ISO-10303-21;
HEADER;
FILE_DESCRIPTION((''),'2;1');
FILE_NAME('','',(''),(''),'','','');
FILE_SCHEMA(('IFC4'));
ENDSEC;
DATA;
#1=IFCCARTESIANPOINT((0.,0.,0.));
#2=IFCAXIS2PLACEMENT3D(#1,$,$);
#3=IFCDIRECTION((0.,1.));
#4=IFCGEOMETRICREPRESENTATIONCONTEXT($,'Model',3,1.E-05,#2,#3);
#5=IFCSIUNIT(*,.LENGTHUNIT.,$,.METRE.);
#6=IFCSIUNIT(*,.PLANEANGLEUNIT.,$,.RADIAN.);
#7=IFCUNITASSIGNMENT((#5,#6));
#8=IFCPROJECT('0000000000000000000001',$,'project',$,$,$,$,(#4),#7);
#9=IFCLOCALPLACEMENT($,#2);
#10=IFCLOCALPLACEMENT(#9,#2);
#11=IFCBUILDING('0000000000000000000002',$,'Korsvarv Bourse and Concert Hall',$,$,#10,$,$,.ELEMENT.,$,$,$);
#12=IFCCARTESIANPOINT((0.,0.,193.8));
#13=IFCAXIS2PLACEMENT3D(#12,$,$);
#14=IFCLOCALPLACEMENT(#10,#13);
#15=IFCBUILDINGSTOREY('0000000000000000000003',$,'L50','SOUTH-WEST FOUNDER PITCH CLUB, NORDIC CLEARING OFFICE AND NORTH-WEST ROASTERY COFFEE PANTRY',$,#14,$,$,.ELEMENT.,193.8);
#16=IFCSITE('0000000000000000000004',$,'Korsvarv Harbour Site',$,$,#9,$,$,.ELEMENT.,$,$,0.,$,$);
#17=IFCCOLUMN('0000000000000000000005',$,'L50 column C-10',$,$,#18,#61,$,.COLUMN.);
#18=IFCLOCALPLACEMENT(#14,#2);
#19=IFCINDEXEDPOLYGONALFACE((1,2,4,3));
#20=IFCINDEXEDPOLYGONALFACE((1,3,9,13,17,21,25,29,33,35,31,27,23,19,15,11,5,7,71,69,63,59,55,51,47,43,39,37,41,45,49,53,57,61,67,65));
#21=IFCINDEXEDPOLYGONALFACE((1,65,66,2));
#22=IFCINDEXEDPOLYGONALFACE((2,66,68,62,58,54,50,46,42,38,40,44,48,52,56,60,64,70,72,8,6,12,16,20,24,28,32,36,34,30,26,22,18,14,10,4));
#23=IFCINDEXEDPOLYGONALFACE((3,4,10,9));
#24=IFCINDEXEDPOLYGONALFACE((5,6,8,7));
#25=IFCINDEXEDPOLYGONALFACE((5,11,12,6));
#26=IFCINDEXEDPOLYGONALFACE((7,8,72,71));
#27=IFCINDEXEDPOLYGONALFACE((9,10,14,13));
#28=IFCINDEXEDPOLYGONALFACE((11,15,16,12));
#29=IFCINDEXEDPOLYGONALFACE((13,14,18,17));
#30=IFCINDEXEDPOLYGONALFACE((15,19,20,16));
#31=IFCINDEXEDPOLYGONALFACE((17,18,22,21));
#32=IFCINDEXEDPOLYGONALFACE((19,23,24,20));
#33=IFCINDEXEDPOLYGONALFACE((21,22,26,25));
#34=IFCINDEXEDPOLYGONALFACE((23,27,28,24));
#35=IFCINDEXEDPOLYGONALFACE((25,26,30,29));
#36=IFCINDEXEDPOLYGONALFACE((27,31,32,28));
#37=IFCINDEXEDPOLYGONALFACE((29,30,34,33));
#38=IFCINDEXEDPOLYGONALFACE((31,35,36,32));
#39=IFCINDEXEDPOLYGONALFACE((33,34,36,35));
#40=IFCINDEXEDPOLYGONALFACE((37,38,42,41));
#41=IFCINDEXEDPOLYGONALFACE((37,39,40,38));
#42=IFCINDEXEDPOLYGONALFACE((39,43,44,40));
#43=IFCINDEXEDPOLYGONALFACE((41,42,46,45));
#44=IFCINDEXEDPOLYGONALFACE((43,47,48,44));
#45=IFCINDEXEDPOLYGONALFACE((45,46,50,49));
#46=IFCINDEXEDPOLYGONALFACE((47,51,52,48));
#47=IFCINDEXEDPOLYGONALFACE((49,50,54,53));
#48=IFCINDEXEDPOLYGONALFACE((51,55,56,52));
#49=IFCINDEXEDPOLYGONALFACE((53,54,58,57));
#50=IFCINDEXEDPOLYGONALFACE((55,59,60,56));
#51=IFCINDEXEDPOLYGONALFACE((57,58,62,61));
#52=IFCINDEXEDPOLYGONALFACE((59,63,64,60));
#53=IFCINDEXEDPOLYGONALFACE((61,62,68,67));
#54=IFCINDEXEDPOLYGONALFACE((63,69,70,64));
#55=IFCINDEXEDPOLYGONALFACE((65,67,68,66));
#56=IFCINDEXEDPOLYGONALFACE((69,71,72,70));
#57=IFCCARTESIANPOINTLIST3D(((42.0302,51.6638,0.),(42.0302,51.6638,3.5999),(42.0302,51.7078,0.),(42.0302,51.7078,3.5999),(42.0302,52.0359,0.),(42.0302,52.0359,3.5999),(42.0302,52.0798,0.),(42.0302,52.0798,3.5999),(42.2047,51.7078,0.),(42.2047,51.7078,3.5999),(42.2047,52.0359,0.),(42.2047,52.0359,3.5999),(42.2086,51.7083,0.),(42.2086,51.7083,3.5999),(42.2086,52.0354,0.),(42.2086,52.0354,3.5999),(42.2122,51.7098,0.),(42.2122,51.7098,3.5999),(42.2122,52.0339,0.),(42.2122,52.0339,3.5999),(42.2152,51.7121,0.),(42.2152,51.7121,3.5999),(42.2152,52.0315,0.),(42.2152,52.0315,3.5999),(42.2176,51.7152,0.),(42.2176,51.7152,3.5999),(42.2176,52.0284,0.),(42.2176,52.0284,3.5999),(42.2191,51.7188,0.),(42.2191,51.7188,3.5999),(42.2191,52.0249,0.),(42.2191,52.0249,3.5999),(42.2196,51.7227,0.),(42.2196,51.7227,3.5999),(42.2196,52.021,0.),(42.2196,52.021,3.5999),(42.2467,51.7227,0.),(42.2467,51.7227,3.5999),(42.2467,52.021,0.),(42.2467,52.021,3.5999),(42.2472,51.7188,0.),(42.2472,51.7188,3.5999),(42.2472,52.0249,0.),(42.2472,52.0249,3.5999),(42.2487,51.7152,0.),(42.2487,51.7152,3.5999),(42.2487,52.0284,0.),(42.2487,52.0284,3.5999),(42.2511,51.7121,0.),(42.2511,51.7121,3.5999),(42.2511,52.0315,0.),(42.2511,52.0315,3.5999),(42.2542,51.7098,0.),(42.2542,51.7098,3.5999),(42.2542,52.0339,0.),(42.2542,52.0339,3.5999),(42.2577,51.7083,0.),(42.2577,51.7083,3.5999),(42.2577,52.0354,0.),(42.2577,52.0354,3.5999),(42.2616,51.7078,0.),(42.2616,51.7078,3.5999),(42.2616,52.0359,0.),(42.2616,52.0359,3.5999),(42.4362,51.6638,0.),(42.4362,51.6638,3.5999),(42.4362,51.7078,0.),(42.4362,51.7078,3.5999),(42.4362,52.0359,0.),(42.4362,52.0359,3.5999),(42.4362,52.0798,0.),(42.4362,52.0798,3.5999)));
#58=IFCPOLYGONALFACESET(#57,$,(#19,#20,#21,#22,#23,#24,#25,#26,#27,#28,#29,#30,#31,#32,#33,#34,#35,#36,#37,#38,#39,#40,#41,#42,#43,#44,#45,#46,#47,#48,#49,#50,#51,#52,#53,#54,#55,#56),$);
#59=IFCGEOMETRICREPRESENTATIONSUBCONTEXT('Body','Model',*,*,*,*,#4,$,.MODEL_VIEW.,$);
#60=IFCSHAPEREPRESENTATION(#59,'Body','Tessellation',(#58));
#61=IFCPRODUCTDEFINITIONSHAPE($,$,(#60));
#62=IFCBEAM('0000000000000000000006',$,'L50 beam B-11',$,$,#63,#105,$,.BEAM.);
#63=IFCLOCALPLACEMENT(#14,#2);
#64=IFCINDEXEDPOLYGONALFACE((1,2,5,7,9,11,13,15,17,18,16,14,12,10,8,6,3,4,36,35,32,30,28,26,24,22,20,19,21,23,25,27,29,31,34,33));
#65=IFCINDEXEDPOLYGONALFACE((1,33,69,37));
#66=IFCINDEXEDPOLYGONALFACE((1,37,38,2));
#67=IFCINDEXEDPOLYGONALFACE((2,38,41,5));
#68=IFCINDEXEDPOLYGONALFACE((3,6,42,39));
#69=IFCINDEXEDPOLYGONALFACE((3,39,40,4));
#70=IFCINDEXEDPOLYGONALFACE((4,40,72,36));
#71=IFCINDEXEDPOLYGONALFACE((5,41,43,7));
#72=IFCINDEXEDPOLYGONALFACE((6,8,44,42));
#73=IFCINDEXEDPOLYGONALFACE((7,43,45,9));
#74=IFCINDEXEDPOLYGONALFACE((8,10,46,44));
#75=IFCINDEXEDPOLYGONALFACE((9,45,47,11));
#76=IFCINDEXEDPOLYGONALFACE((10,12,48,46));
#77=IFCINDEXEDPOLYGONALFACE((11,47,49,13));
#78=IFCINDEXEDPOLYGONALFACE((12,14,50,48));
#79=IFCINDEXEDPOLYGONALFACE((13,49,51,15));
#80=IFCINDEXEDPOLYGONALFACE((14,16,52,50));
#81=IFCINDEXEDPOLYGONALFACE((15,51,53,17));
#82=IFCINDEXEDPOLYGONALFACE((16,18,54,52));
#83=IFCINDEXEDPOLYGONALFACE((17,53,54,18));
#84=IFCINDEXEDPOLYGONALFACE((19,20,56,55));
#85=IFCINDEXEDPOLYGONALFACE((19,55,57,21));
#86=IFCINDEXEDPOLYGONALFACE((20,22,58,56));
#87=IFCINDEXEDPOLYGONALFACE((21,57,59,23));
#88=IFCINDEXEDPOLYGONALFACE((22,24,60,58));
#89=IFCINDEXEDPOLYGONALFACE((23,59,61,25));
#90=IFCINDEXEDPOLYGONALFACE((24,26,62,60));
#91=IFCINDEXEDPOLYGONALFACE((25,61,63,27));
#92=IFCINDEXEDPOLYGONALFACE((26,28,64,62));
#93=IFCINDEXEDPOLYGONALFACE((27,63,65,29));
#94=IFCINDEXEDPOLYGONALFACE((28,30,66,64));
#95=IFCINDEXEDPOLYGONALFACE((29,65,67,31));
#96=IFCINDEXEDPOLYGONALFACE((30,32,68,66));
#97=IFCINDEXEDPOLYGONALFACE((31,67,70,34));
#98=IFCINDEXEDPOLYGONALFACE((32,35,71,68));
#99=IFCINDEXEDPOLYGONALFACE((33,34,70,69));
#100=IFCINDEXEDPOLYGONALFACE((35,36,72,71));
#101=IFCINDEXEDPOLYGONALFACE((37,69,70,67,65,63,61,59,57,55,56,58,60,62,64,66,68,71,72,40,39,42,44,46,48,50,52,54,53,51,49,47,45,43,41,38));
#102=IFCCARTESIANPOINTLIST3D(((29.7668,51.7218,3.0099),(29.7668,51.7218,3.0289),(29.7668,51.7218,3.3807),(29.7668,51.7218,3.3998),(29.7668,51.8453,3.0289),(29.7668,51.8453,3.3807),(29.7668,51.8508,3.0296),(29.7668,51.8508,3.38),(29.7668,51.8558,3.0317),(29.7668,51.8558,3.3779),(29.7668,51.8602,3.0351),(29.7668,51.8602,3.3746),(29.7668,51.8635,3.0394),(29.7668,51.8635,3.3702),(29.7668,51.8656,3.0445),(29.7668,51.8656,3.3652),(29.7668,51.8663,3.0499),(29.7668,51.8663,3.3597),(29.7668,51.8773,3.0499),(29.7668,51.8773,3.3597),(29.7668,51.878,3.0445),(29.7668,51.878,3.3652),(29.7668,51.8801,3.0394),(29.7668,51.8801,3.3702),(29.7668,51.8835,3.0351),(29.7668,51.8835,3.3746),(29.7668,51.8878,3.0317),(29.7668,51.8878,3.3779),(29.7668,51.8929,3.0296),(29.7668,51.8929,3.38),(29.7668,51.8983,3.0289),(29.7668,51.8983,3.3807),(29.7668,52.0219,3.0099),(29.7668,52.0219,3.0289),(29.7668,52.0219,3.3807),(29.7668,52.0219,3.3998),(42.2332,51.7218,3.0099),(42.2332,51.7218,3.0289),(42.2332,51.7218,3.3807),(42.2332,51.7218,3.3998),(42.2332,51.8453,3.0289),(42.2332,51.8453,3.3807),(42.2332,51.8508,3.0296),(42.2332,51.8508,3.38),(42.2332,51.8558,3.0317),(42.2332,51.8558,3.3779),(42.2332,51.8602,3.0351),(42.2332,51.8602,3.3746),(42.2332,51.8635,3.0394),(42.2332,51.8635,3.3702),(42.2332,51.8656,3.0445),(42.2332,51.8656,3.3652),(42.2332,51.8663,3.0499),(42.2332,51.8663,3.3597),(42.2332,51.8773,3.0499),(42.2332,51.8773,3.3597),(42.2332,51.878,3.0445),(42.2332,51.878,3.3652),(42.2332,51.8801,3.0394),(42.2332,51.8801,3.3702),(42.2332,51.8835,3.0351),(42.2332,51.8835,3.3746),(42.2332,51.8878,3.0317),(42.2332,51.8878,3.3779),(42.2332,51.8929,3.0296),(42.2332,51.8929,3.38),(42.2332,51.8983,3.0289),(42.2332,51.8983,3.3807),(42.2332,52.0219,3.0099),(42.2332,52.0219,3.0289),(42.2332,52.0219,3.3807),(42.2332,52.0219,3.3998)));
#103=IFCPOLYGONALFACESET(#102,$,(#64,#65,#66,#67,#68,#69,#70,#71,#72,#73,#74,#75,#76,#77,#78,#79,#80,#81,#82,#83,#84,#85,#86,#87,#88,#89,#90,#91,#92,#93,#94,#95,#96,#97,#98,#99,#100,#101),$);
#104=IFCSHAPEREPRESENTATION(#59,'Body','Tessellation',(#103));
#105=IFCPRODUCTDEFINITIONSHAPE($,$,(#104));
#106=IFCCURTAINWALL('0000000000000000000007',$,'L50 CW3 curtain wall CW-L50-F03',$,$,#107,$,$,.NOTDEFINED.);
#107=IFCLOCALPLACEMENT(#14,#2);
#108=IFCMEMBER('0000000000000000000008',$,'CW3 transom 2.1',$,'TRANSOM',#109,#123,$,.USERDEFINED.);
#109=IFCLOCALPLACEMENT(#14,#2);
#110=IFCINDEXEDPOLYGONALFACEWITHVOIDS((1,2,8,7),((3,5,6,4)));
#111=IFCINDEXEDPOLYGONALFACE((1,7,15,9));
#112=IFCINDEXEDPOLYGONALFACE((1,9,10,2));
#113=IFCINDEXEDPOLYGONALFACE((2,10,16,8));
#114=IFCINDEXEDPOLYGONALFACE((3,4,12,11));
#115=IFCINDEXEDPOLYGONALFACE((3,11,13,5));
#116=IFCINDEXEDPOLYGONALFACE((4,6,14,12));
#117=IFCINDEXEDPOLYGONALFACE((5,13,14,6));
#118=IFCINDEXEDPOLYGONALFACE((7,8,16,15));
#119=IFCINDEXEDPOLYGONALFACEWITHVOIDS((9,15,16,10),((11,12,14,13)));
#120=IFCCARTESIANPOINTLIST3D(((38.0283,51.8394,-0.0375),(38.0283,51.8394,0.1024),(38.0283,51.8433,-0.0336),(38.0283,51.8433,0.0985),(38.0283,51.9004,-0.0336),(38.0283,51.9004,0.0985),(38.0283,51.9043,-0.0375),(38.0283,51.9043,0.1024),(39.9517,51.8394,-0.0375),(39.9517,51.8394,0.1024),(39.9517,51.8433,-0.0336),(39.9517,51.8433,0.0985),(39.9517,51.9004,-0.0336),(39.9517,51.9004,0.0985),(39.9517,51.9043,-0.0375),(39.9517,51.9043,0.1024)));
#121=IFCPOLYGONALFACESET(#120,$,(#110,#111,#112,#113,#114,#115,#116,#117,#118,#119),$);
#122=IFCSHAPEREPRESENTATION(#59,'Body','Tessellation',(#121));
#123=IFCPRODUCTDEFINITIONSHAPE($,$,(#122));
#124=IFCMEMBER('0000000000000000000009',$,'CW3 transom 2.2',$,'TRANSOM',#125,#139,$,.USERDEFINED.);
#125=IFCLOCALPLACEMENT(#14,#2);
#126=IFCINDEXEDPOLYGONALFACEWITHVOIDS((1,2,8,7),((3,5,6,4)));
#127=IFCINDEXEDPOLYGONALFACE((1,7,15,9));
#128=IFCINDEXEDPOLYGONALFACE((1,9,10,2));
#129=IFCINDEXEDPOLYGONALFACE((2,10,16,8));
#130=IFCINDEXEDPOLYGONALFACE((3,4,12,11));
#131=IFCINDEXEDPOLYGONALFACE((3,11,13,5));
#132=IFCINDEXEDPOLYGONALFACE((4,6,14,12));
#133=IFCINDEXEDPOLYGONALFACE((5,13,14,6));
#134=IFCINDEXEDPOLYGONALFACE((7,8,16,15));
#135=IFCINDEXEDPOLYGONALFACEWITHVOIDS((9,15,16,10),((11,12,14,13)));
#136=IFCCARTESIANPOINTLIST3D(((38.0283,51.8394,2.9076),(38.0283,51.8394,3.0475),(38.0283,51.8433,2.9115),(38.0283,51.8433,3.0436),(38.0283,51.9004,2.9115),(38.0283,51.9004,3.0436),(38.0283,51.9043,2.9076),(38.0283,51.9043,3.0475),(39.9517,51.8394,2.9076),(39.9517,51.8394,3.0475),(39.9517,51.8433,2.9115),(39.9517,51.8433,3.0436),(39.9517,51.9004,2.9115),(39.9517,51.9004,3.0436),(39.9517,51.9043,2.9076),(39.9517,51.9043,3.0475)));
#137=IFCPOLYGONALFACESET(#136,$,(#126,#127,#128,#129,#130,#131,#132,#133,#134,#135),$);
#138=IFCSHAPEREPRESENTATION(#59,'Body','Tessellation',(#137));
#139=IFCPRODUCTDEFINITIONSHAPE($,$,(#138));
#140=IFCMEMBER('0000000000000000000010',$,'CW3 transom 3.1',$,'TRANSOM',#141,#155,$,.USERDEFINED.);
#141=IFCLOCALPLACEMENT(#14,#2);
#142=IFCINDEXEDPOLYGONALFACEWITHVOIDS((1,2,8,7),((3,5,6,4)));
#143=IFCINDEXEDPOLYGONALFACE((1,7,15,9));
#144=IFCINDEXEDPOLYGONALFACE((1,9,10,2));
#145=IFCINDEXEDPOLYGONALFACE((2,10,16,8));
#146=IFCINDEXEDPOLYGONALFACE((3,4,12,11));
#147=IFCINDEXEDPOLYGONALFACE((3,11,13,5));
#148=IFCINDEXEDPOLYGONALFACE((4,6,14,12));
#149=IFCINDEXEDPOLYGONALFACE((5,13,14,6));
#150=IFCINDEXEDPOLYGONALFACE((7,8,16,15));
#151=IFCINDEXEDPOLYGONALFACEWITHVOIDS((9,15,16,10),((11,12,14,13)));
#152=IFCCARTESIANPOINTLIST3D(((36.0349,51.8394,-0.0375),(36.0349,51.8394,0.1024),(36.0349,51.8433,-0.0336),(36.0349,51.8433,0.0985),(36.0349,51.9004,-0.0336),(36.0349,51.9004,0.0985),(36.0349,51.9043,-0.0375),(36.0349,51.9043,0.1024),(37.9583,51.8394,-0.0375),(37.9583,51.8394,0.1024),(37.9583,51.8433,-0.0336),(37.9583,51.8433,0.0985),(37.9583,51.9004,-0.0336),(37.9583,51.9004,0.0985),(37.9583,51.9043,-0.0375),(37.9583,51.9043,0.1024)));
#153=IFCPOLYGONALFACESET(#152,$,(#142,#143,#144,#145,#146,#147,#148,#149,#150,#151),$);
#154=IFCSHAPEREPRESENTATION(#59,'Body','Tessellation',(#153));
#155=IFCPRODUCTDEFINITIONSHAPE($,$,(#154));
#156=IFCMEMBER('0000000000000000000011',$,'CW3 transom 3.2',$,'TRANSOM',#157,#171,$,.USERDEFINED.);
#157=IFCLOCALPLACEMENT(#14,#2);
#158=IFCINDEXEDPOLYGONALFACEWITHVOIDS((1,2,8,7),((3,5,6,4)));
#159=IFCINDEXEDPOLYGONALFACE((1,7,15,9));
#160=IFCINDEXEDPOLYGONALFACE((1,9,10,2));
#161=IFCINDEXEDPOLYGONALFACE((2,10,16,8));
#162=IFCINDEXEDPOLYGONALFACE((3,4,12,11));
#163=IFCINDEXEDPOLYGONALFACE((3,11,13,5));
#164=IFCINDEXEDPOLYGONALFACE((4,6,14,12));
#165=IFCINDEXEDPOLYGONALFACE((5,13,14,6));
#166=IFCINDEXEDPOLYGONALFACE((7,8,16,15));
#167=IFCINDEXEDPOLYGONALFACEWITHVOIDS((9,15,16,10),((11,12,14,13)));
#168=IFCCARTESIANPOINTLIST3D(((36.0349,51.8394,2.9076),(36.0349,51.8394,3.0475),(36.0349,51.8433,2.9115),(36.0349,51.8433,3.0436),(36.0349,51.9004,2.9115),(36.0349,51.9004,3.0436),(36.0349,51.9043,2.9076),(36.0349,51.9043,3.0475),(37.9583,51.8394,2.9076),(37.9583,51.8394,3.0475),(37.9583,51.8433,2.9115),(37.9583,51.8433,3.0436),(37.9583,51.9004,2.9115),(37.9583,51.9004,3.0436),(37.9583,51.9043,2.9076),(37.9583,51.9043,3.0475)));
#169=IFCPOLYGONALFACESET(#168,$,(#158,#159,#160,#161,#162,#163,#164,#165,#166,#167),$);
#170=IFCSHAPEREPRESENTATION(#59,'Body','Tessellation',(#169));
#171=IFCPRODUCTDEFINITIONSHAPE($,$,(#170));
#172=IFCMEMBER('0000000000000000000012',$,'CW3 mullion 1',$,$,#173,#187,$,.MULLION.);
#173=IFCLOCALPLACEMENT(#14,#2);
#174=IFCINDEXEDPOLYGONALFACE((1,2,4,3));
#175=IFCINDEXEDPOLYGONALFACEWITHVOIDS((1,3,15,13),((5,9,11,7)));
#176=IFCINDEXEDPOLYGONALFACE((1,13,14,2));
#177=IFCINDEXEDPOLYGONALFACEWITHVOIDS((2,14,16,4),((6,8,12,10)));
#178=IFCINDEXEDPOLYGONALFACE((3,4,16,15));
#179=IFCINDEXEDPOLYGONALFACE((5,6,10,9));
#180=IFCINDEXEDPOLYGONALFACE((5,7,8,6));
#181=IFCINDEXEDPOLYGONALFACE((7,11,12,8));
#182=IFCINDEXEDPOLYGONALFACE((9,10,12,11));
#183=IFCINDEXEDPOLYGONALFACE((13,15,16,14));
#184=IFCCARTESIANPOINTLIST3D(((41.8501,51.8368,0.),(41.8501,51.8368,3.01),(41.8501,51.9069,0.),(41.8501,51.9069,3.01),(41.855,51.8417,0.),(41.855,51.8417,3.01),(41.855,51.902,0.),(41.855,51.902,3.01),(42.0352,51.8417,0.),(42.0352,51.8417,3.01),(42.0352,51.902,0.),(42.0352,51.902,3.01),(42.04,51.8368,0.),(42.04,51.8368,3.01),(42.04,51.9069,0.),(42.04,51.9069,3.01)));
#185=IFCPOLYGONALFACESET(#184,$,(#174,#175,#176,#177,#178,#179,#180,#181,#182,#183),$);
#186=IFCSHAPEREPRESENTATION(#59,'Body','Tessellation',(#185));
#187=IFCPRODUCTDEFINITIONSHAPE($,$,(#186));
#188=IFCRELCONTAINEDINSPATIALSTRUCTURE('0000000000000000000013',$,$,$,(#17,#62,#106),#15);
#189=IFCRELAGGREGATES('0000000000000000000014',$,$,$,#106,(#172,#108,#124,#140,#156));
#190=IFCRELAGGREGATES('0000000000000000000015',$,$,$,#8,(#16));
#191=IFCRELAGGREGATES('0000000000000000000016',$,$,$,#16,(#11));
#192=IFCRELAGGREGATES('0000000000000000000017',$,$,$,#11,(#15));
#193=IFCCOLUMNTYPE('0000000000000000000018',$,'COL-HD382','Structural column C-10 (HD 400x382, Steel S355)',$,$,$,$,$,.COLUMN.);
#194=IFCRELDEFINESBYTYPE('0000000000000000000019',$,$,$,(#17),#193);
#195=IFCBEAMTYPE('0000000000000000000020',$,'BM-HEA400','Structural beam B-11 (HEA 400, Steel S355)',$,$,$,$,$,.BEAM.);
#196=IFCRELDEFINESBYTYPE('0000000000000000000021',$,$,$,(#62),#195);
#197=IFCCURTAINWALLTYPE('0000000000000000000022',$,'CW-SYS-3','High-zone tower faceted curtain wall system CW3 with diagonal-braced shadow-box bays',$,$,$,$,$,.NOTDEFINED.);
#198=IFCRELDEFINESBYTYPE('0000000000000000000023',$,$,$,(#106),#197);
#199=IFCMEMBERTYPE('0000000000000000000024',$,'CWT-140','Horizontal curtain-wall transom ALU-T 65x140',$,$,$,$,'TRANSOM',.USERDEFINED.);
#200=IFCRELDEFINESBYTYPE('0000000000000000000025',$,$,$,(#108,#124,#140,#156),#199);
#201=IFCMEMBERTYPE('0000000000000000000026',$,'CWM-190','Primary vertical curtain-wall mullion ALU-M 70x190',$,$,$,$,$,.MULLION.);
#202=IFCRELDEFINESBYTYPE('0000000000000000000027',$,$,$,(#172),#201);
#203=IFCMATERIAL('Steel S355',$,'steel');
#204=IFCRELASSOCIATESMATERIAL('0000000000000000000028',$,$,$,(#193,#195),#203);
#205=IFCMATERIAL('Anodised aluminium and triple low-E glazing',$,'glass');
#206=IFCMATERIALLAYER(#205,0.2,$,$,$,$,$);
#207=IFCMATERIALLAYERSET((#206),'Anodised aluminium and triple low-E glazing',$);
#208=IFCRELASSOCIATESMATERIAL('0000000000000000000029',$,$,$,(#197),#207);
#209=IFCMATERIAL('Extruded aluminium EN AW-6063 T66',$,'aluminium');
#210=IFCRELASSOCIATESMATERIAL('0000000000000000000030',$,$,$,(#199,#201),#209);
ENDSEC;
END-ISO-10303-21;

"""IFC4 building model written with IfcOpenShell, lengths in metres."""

from ifc_helpers import new_model, si_unit, direction, frame, origin, origin_2d, place, context, subcontext, project, spatial, hollow_rectangle, i_section, extrude, source, transform, mapped, material, layer, layer_set, material_profile, profile_set, type_object, element, aggregate, save


model = new_model("IFC4")

# Units and contexts
model_context = context("Model", 3, precision=1e-05, world=origin(), true_north=direction((0.0, 1.0)))
body_context = subcontext(model_context, "Body", "Model", "MODEL_VIEW")
ifc_project = project(units=[si_unit("LENGTHUNIT", "METRE"), si_unit("PLANEANGLEUNIT", "RADIAN")], contexts=[model_context])

# Site, building, storey
site_placement = place(None, origin())
site = spatial("IfcSite", under=ifc_project, at=site_placement, Name="Korsvarv Harbour Site", CompositionType="ELEMENT", RefElevation=0.0)
building_placement = place(site_placement, origin())
building = spatial("IfcBuilding", under=site, at=building_placement, Name="Korsvarv Bourse and Concert Hall", CompositionType="ELEMENT")
storey_placement = place(building_placement, frame((0.0, 0.0, 193.8)))
storey = spatial("IfcBuildingStorey", under=building, at=storey_placement, Name="L50", Description="SOUTH-WEST FOUNDER PITCH CLUB, NORDIC CLEARING OFFICE AND NORTH-WEST ROASTERY COFFEE PANTRY", CompositionType="ELEMENT", Elevation=193.8)

# Column
ifc_material_1 = material(Name="Steel S355", Category="steel")
ifc_material_profile_1 = material_profile(ifc_material_1, i_section(OverallWidth=0.406, OverallDepth=0.416, WebThickness=0.0271, FlangeThickness=0.0439, FilletRadius=0.0149, at=origin_2d()), Name="HD 400x382")
ifc_profile_set_1 = profile_set([ifc_material_profile_1], Name="Steel S355")
column_type = type_object("IfcColumnType", Name="COL-HD382", Description="Structural column C-10 (HD 400x382, Steel S355)", PredefinedType="COLUMN", material=ifc_profile_set_1)
shared_shape_1 = source(origin(), body_context, "Body", "SweptSolid", [
    extrude(i_section(OverallWidth=0.406, OverallDepth=0.416, WebThickness=0.0271, FlangeThickness=0.0439, FilletRadius=0.0149, at=origin_2d()), origin(), (0.0, 0.0, 1.0), 3.5999),
])
column_placement = place(storey_placement, frame((42.2332, 51.8718, 0.0), z_axis=(0.0, 0.0, 1.0), x_axis=(1.0, 0.0, 0.0)))
element("IfcColumn", 1, at=column_placement, inside=storey, type_object=column_type, Name="L50 column C-10", PredefinedType="COLUMN", context=body_context, shape_type="MappedRepresentation", body=[
    mapped(shared_shape_1, transform((0.0, 0.0, 0.0), scale=1.0)),
])

# Beam
ifc_material_profile_2 = material_profile(ifc_material_1, i_section(OverallWidth=0.3, OverallDepth=0.3899, WebThickness=0.011, FlangeThickness=0.019, FilletRadius=0.021, at=origin_2d()), Name="HEA 400")
ifc_profile_set_2 = profile_set([ifc_material_profile_2], Name="Steel S355")
beam_type = type_object("IfcBeamType", Name="BM-HEA400", Description="Structural beam B-11 (HEA 400, Steel S355)", PredefinedType="BEAM", material=ifc_profile_set_2)
shared_shape_2 = source(origin(), body_context, "Body", "SweptSolid", [
    extrude(i_section(OverallWidth=0.3, OverallDepth=0.3899, WebThickness=0.011, FlangeThickness=0.019, FilletRadius=0.021, at=origin_2d()), origin(), (0.0, 0.0, 1.0), 12.4663),
])
beam_placement = place(storey_placement, frame((42.2332, 51.8718, 3.2048), z_axis=(-1.0, 0.0, 0.0), x_axis=(0.0, -1.0, 0.0)))
element("IfcBeam", 2, at=beam_placement, inside=storey, type_object=beam_type, Name="L50 beam B-11", PredefinedType="BEAM", context=body_context, shape_type="MappedRepresentation", body=[
    mapped(shared_shape_2, transform((0.0, 0.0, 0.0), scale=1.0)),
])

# Curtain wall, members
ifc_material_2 = material(Name="Anodised aluminium and triple low-E glazing", Category="glass")
ifc_layer_1 = layer(ifc_material_2, 0.2)
ifc_layer_set_1 = layer_set([ifc_layer_1], Name="Anodised aluminium and triple low-E glazing")
curtain_wall_type = type_object("IfcCurtainWallType", Name="CW-SYS-3", Description="High-zone tower faceted curtain wall system CW3 with diagonal-braced shadow-box bays", PredefinedType="NOTDEFINED", material=ifc_layer_set_1)
curtain_wall_placement = place(storey_placement, origin())
curtain_wall = element("IfcCurtainWall", 3, at=curtain_wall_placement, inside=storey, type_object=curtain_wall_type, Name="L50 CW3 curtain wall CW-L50-F03", PredefinedType="NOTDEFINED")
ifc_material_3 = material(Name="Extruded aluminium EN AW-6063 T66", Category="aluminium")
ifc_material_profile_3 = material_profile(ifc_material_3, hollow_rectangle(XDim=0.0649, YDim=0.1399, WallThickness=0.0039, at=origin_2d()), Name="ALU-T 65x140")
ifc_profile_set_3 = profile_set([ifc_material_profile_3], Name="Extruded aluminium EN AW-6063 T66")
member_type_1 = type_object("IfcMemberType", Name="CWT-140", Description="Horizontal curtain-wall transom ALU-T 65x140", ElementType="TRANSOM", PredefinedType="USERDEFINED", material=ifc_profile_set_3)
shared_shape_3 = source(origin(), body_context, "Body", "SweptSolid", [
    extrude(hollow_rectangle(XDim=0.0649, YDim=0.1399, WallThickness=0.0039, at=origin_2d()), origin(), (0.0, 0.0, 1.0), 1.9233),
])
member_1_placement = place(storey_placement, frame((39.9517, 51.8718, 0.0325), z_axis=(-1.0, 0.0, 0.0), x_axis=(0.0, -1.0, 0.0)))
member_1 = element("IfcMember", 4, at=member_1_placement, type_object=member_type_1, Name="CW3 transom 2.1", ObjectType="TRANSOM", PredefinedType="USERDEFINED", context=body_context, shape_type="MappedRepresentation", body=[
    mapped(shared_shape_3, transform((0.0, 0.0, 0.0), scale=1.0)),
])
member_2_placement = place(storey_placement, frame((39.9517, 51.8718, 2.9775), z_axis=(-1.0, 0.0, 0.0), x_axis=(0.0, -1.0, 0.0)))
member_2 = element("IfcMember", 5, at=member_2_placement, type_object=member_type_1, Name="CW3 transom 2.2", ObjectType="TRANSOM", PredefinedType="USERDEFINED", context=body_context, shape_type="MappedRepresentation", body=[
    mapped(shared_shape_3, transform((0.0, 0.0, 0.0), scale=1.0)),
])
member_3_placement = place(storey_placement, frame((37.9583, 51.8718, 0.0325), z_axis=(-1.0, 0.0, 0.0), x_axis=(0.0, -1.0, 0.0)))
member_3 = element("IfcMember", 6, at=member_3_placement, type_object=member_type_1, Name="CW3 transom 3.1", ObjectType="TRANSOM", PredefinedType="USERDEFINED", context=body_context, shape_type="MappedRepresentation", body=[
    mapped(shared_shape_3, transform((0.0, 0.0, 0.0), scale=1.0)),
])
member_4_placement = place(storey_placement, frame((37.9583, 51.8718, 2.9775), z_axis=(-1.0, 0.0, 0.0), x_axis=(0.0, -1.0, 0.0)))
member_4 = element("IfcMember", 7, at=member_4_placement, type_object=member_type_1, Name="CW3 transom 3.2", ObjectType="TRANSOM", PredefinedType="USERDEFINED", context=body_context, shape_type="MappedRepresentation", body=[
    mapped(shared_shape_3, transform((0.0, 0.0, 0.0), scale=1.0)),
])
ifc_material_profile_4 = material_profile(ifc_material_3, hollow_rectangle(XDim=0.0701, YDim=0.1899, WallThickness=0.0049, at=origin_2d()), Name="ALU-M 70x190")
ifc_profile_set_4 = profile_set([ifc_material_profile_4], Name="Extruded aluminium EN AW-6063 T66")
member_type_2 = type_object("IfcMemberType", Name="CWM-190", Description="Primary vertical curtain-wall mullion ALU-M 70x190", PredefinedType="MULLION", material=ifc_profile_set_4)
shared_shape_4 = source(origin(), body_context, "Body", "SweptSolid", [
    extrude(hollow_rectangle(XDim=0.0701, YDim=0.1899, WallThickness=0.0049, at=origin_2d()), origin(), (0.0, 0.0, 1.0), 3.01),
])
member_5_placement = place(storey_placement, frame((41.9451, 51.8718, 0.0), z_axis=(0.0, 0.0, 1.0), x_axis=(0.0, -1.0, 0.0)))
member_5 = element("IfcMember", 8, at=member_5_placement, type_object=member_type_2, Name="CW3 mullion 1", PredefinedType="MULLION", context=body_context, shape_type="MappedRepresentation", body=[
    mapped(shared_shape_4, transform((0.0, 0.0, 0.0), scale=1.0)),
])
aggregate(curtain_wall, [member_5, member_1, member_2, member_3, member_4])

save(model, "model.ifc")
